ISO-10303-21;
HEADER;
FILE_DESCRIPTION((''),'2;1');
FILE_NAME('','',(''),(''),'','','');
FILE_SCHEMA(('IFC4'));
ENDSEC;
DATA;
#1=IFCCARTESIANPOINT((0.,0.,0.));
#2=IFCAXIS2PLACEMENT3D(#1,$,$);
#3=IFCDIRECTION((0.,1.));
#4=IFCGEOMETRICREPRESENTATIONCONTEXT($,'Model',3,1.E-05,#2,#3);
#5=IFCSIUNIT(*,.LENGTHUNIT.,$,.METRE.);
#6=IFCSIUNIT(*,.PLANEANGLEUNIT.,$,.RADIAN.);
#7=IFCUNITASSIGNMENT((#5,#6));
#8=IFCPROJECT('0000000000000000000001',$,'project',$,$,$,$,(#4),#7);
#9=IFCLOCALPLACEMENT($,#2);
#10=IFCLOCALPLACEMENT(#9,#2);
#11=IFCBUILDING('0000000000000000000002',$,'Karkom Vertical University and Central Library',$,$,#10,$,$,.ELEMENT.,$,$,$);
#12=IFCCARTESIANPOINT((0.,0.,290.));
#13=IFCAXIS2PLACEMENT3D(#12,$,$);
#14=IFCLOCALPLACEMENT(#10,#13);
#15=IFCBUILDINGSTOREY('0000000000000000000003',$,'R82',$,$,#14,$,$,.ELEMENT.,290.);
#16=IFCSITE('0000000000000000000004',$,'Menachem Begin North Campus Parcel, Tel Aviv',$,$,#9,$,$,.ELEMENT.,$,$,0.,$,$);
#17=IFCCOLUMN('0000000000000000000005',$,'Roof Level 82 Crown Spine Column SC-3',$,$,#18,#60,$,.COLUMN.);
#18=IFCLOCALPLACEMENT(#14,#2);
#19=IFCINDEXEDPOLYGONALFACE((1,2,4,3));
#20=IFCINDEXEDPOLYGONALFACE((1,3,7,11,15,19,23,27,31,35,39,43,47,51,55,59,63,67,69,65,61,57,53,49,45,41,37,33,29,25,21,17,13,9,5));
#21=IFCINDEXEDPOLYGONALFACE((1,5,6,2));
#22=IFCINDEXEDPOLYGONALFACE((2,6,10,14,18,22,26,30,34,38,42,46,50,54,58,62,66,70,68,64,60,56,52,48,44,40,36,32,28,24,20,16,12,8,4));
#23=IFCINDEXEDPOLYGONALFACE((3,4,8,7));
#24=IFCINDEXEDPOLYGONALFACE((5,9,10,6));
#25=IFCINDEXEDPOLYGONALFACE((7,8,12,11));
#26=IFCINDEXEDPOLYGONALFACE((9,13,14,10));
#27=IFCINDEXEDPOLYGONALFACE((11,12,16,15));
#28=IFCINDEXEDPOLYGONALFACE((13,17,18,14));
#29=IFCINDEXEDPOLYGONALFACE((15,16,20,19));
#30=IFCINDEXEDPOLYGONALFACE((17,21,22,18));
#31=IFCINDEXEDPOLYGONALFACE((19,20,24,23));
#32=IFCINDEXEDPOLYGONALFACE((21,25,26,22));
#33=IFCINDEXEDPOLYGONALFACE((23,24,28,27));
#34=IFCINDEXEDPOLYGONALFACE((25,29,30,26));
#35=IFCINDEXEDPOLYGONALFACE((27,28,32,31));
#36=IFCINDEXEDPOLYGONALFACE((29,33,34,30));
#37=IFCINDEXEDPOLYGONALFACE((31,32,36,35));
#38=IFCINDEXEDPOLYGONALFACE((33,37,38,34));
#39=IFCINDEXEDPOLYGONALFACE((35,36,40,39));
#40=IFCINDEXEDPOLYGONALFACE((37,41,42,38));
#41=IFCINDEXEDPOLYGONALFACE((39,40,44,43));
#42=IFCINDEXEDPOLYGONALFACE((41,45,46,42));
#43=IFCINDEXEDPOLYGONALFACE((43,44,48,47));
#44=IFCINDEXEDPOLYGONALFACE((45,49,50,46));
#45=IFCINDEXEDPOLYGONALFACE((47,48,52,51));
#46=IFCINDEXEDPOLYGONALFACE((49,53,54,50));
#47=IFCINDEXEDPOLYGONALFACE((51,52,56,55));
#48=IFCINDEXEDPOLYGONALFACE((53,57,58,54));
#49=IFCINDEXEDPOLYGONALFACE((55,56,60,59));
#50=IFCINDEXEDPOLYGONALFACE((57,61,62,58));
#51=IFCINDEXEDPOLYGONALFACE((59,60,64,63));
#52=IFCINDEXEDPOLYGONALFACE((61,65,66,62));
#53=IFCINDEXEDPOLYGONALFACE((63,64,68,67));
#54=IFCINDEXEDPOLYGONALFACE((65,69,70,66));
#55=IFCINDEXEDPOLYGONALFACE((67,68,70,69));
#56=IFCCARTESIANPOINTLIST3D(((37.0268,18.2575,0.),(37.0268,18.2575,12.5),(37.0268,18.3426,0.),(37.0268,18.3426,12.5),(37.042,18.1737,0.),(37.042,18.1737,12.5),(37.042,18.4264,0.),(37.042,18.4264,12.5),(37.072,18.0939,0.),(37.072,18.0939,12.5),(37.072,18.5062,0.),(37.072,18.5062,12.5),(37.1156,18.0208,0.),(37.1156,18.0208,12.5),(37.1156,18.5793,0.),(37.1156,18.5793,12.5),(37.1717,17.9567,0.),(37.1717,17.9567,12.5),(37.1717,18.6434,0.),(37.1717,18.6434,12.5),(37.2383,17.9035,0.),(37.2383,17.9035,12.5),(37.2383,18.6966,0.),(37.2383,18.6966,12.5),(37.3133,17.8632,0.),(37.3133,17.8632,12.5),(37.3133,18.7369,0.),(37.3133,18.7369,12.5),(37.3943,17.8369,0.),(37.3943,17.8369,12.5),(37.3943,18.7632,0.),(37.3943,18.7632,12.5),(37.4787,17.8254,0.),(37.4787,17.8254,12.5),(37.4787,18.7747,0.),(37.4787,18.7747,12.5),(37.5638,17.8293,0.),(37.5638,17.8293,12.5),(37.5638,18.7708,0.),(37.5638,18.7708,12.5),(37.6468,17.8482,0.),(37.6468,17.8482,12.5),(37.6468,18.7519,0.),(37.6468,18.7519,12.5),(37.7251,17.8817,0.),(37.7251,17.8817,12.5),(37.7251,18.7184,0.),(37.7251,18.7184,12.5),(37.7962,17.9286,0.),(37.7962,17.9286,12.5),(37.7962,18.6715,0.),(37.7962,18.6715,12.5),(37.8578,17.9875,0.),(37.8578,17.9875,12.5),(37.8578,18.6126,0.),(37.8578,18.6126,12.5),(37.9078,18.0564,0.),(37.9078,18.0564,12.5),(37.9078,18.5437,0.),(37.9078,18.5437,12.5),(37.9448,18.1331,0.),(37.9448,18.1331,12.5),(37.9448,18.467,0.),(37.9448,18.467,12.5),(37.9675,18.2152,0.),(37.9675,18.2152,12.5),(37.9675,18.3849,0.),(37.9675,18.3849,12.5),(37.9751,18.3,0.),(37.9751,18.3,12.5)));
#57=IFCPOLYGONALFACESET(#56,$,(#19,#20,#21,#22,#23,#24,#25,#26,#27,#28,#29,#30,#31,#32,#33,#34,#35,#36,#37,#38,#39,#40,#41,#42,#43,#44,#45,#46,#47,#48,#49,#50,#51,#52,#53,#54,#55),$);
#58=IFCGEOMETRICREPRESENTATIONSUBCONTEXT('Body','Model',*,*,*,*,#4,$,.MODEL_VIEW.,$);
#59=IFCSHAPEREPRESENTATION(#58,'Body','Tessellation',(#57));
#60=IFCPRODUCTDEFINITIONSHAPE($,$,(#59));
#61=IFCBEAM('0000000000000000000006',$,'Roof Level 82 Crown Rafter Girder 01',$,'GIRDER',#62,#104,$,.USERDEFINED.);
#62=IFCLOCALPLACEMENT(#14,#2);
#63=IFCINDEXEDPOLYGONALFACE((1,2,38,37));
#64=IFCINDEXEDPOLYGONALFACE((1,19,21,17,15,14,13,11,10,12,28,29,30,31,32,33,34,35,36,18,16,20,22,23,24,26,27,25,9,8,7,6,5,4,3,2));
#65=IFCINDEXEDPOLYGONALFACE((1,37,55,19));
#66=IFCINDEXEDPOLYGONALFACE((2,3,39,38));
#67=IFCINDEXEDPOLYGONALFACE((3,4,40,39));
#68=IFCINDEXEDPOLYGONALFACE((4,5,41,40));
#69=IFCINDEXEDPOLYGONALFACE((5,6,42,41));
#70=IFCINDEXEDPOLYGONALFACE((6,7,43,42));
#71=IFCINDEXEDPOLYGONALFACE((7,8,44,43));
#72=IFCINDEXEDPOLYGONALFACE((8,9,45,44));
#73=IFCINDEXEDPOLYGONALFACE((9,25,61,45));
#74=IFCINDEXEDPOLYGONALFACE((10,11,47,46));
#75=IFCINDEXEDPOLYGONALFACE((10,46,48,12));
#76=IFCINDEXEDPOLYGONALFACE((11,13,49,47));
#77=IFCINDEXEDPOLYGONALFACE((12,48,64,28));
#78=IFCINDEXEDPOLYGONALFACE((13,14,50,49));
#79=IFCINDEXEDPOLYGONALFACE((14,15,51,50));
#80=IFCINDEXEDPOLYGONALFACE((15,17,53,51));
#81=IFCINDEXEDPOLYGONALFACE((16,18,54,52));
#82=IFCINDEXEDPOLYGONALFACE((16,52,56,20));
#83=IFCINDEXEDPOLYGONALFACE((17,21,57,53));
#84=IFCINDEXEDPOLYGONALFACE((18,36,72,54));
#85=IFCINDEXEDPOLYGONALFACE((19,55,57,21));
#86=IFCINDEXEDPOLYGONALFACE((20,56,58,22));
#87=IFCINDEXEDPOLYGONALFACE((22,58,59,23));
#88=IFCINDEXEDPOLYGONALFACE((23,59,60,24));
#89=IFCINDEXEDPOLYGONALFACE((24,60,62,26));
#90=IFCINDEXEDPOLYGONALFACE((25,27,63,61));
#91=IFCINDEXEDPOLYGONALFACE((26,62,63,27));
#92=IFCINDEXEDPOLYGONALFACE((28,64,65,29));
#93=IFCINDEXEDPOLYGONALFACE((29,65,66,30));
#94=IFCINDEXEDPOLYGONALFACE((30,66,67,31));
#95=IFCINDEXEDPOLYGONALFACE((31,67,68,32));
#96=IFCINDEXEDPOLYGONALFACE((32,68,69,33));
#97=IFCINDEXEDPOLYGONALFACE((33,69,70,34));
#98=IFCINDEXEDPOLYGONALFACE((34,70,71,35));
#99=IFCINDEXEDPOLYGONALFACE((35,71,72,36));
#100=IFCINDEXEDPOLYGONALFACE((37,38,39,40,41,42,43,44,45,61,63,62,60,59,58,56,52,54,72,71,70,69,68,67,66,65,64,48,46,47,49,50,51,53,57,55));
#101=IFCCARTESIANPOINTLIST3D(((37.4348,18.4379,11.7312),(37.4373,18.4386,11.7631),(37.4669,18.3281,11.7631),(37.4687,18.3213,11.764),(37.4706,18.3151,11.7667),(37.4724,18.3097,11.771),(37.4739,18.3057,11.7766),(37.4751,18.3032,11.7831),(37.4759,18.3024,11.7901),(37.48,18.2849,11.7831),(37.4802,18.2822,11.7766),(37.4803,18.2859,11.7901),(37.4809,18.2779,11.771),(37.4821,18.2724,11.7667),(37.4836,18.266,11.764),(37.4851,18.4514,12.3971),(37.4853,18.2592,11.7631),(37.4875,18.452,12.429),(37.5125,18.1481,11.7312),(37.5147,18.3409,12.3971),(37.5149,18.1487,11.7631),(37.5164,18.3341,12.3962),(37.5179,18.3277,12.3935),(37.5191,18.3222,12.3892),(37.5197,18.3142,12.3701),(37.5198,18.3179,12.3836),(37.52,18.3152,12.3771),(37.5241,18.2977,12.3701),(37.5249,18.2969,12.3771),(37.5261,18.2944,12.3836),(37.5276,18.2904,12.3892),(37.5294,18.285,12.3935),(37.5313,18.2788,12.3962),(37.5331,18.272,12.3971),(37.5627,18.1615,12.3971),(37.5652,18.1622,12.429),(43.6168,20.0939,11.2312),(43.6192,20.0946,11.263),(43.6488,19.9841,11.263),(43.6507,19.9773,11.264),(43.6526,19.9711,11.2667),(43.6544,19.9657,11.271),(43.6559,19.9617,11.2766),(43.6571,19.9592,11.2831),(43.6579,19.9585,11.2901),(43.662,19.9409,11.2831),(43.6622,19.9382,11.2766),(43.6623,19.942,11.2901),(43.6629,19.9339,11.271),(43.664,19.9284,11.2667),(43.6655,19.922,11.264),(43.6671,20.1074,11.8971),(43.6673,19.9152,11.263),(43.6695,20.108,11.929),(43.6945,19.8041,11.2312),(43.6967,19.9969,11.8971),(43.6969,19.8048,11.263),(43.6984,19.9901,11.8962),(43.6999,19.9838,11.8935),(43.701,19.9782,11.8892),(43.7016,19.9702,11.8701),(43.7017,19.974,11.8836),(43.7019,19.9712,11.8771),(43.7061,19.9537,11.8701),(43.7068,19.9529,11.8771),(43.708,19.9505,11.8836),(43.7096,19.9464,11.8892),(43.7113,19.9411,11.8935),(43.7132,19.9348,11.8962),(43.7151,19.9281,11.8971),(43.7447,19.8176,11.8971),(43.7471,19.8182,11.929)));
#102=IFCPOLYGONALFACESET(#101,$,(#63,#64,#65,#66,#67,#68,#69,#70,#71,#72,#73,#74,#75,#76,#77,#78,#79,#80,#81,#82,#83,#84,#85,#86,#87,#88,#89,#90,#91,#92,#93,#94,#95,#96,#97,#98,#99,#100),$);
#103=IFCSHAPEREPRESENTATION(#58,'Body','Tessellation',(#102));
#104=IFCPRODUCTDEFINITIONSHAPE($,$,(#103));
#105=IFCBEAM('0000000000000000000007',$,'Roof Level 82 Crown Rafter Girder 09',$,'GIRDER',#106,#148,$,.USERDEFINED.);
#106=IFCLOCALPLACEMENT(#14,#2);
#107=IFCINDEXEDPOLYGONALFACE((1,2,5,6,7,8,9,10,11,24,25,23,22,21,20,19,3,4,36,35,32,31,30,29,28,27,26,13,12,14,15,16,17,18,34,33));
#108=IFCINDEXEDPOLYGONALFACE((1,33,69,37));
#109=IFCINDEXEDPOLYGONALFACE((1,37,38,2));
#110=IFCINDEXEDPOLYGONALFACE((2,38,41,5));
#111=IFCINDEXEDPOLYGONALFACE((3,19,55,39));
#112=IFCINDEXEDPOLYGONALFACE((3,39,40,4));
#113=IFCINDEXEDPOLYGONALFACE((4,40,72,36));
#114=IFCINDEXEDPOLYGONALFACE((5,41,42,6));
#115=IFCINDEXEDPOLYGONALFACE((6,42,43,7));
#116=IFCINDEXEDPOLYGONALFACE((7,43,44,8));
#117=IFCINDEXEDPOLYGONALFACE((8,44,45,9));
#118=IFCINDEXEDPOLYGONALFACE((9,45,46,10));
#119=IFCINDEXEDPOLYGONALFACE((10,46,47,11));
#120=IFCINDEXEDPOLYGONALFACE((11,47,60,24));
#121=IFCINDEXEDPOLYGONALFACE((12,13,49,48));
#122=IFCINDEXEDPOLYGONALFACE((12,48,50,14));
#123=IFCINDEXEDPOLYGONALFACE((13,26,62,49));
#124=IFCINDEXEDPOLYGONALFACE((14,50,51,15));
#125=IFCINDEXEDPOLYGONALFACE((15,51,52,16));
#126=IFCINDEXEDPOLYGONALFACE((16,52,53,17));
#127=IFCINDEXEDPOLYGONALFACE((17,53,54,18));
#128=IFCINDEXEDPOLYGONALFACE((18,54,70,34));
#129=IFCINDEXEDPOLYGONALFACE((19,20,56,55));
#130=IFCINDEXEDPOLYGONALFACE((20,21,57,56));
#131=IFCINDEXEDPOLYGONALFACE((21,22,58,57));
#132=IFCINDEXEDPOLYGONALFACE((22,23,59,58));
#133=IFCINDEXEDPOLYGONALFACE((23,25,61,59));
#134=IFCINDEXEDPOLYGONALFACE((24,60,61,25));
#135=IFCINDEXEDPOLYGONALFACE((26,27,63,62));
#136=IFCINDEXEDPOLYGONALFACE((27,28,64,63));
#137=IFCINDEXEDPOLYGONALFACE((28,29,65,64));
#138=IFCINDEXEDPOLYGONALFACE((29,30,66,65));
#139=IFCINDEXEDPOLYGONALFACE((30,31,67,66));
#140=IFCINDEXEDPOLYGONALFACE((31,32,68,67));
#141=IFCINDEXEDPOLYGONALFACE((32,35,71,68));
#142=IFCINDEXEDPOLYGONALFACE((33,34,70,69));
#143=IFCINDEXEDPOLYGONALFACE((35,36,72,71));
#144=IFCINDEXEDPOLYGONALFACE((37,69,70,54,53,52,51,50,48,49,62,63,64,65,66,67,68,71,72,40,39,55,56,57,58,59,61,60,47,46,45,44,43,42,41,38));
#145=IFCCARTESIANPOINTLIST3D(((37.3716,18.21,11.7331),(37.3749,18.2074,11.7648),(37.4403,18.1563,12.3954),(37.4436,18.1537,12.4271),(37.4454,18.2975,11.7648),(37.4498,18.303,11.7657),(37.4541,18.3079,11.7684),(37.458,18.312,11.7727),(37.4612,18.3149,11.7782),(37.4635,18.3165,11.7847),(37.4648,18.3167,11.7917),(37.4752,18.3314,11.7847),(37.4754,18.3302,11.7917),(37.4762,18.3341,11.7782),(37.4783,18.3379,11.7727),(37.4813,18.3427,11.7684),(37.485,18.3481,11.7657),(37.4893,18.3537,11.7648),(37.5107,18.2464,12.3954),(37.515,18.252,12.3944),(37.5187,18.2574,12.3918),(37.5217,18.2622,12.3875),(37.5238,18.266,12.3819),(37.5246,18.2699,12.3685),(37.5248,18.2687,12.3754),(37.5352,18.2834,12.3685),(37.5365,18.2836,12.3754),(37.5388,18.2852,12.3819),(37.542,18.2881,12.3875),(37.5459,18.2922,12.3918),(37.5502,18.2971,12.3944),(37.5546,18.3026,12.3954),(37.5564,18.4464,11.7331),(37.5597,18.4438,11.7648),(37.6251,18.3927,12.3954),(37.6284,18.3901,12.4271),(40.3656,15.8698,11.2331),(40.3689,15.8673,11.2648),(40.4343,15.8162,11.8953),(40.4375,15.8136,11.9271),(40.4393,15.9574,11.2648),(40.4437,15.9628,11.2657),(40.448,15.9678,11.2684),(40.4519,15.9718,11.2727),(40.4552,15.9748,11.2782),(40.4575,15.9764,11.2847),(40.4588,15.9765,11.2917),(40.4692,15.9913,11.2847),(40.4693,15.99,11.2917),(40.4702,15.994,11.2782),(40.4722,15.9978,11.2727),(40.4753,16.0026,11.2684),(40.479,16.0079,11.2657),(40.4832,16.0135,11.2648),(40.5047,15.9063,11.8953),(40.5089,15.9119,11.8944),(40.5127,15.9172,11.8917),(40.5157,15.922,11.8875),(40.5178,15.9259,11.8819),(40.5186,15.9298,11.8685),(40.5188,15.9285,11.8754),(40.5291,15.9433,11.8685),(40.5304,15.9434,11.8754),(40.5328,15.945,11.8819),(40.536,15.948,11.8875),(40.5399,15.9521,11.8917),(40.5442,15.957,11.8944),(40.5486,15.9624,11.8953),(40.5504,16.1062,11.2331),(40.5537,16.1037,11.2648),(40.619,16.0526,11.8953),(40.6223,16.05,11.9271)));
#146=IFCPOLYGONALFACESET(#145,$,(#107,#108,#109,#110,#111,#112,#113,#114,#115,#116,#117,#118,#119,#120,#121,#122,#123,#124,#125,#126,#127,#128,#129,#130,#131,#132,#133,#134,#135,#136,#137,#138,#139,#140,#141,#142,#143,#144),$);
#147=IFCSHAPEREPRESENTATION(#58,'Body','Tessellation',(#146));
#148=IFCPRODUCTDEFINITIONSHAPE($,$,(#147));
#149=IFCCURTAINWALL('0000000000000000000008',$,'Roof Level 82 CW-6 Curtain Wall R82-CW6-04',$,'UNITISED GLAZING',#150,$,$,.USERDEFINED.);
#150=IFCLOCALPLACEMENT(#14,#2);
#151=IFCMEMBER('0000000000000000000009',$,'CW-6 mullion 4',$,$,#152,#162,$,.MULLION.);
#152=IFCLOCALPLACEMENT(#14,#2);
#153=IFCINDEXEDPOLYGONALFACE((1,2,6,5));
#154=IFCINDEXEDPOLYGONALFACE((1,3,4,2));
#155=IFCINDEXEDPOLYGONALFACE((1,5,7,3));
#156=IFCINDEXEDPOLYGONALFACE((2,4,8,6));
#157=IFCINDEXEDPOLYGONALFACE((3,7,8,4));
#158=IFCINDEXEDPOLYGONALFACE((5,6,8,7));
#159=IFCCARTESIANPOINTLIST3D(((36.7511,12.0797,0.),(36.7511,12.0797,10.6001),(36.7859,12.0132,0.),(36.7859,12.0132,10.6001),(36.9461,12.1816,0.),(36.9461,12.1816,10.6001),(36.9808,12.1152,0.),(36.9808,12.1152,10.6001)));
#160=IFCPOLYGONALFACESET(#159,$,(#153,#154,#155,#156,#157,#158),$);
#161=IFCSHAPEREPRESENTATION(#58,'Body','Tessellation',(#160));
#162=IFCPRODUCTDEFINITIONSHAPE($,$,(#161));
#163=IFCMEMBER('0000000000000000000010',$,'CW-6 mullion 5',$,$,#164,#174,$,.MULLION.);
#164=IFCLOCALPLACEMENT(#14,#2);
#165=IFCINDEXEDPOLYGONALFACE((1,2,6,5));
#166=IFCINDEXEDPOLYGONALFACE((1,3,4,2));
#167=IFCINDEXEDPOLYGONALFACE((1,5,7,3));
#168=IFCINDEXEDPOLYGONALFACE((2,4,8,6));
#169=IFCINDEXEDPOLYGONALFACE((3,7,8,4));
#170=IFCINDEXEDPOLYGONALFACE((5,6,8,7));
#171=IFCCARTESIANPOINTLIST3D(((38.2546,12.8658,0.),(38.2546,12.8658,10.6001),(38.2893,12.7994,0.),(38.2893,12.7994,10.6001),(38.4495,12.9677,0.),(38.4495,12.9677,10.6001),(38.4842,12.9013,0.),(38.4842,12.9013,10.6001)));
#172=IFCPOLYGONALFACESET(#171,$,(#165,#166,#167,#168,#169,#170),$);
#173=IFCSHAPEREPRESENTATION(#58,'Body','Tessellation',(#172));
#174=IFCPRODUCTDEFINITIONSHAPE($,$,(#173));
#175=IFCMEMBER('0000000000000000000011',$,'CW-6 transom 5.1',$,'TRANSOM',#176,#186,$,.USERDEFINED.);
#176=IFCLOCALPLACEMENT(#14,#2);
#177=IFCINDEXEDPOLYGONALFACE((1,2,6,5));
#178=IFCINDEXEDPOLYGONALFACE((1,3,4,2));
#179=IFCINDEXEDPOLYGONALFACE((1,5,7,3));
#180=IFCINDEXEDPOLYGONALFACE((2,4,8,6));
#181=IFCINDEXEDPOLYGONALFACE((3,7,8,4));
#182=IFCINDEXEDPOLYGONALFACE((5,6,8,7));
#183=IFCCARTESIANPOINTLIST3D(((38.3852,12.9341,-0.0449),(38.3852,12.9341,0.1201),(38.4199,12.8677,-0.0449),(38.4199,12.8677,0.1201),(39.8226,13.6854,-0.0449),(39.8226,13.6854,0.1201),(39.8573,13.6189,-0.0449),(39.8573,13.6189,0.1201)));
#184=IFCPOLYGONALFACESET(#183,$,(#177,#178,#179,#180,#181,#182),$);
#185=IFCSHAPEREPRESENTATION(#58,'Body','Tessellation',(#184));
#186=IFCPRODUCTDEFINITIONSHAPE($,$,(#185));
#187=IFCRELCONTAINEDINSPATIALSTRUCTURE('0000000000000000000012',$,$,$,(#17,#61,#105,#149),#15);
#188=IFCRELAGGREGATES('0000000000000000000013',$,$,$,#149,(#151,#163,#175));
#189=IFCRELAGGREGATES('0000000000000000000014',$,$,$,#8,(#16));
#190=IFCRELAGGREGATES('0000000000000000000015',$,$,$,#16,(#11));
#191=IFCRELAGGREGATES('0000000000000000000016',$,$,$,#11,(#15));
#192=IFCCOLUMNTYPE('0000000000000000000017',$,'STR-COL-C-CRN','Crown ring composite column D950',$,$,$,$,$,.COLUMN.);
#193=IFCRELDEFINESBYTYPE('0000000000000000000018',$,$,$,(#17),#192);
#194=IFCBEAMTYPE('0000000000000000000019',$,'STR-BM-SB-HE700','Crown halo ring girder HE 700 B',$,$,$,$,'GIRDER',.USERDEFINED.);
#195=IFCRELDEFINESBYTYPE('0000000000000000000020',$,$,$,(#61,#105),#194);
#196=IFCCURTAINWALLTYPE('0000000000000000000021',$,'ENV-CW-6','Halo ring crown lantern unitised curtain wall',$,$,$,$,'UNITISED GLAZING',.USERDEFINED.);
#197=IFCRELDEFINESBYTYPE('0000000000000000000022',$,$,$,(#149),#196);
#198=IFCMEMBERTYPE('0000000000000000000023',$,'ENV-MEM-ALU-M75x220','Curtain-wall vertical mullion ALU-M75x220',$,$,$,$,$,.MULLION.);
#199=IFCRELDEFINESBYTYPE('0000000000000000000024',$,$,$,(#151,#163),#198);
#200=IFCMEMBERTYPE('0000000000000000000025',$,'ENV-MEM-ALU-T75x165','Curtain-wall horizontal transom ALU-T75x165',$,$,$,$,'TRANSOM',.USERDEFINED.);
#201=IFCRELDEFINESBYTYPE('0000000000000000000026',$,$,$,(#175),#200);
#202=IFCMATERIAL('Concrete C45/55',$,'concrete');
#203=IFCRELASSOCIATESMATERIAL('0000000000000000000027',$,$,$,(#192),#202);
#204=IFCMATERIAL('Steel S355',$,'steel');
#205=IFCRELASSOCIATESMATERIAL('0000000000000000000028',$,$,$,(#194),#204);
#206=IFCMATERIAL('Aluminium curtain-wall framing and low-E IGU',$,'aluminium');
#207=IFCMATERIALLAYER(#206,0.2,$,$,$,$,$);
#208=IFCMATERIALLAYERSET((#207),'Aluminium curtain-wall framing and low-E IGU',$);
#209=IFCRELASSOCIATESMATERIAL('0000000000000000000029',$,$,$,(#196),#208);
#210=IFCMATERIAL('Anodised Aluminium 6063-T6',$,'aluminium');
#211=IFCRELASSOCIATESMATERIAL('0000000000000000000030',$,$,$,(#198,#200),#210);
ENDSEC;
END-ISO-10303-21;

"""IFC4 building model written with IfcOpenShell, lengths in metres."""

from ifc_helpers import new_model, si_unit, direction, frame, origin, origin_with_axes, origin_2d, place, context, subcontext, project, spatial, rectangle, circle, i_section, extrude, source, transform, mapped, material, layer, layer_set, material_profile, profile_set, type_object, element, aggregate, save


model = new_model("IFC4")

# Units and contexts
model_context = context("Model", 3, precision=1e-05, world=origin(), true_north=direction((0.0, 1.0)))
body_context = subcontext(model_context, "Body", "Model", "MODEL_VIEW")
ifc_project = project(units=[si_unit("LENGTHUNIT", "METRE"), si_unit("PLANEANGLEUNIT", "RADIAN")], contexts=[model_context])

# Site, building, storey
site_placement = place(None, origin())
site = spatial("IfcSite", under=ifc_project, at=site_placement, Name="Menachem Begin North Campus Parcel, Tel Aviv", CompositionType="ELEMENT", RefElevation=0.0)
building_placement = place(site_placement, origin())
building = spatial("IfcBuilding", under=site, at=building_placement, Name="Karkom Vertical University and Central Library", CompositionType="ELEMENT")
storey_placement = place(building_placement, frame((0.0, 0.0, 290.0)))
storey = spatial("IfcBuildingStorey", under=building, at=storey_placement, Name="R82", CompositionType="ELEMENT", Elevation=290.0)

# Column
ifc_material_1 = material(Name="Concrete C45/55", Category="concrete")
ifc_material_profile_1 = material_profile(ifc_material_1, circle(Radius=0.4751, at=origin_2d()), Name="CFT-D950")
ifc_profile_set_1 = profile_set([ifc_material_profile_1], Name="Concrete C45/55")
column_type = type_object("IfcColumnType", Name="STR-COL-C-CRN", Description="Crown ring composite column D950", PredefinedType="COLUMN", material=ifc_profile_set_1)
shared_shape_1 = source(origin_with_axes(), body_context, "Body", "SweptSolid", [
    extrude(circle(Radius=0.4751, at=origin_2d()), origin(), (0.0, 0.0, 1.0), 12.5),
])
column_placement = place(storey_placement, frame((37.5, 18.3, 0.0), z_axis=(0.0, 0.0, 1.0), x_axis=(1.0, 0.0, 0.0)))
element("IfcColumn", 1, at=column_placement, inside=storey, type_object=column_type, Name="Roof Level 82 Crown Spine Column SC-3", PredefinedType="COLUMN", context=body_context, shape_type="MappedRepresentation", body=[
    mapped(shared_shape_1, transform((0.0, 0.0, 0.0), scale=1.0)),
])

# Beams
ifc_material_2 = material(Name="Steel S355", Category="steel")
ifc_material_profile_2 = material_profile(ifc_material_2, i_section(OverallWidth=0.3, OverallDepth=0.7, WebThickness=0.0171, FlangeThickness=0.032, FilletRadius=0.0271, at=origin_2d()), Name="HE 700 B")
ifc_profile_set_2 = profile_set([ifc_material_profile_2], Name="Steel S355")
beam_type = type_object("IfcBeamType", Name="STR-BM-SB-HE700", Description="Crown halo ring girder HE 700 B", ElementType="GIRDER", PredefinedType="USERDEFINED", material=ifc_profile_set_2)
shared_shape_2 = source(origin_with_axes(), body_context, "Body", "SweptSolid", [
    extrude(i_section(OverallWidth=0.3, OverallDepth=0.7, WebThickness=0.0171, FlangeThickness=0.032, FilletRadius=0.0271, at=origin_2d()), origin(), (0.0, 0.0, 1.0), 6.4194),
])
beam_1_placement = place(storey_placement, frame((37.5, 18.3, 12.0801), z_axis=(0.963008, 0.257971, -0.07789), x_axis=(-0.258757, 0.965942, 0.0)))
element("IfcBeam", 2, at=beam_1_placement, inside=storey, type_object=beam_type, Name="Roof Level 82 Crown Rafter Girder 01", ObjectType="GIRDER", PredefinedType="USERDEFINED", context=body_context, shape_type="MappedRepresentation", body=[
    mapped(shared_shape_2, transform((0.0, 0.0, 0.0), scale=1.0)),
])
shared_shape_3 = source(origin_with_axes(), body_context, "Body", "SweptSolid", [
    extrude(i_section(OverallWidth=0.3, OverallDepth=0.7, WebThickness=0.0171, FlangeThickness=0.032, FilletRadius=0.0271, at=origin_2d()), origin(), (0.0, 0.0, 1.0), 3.8328),
])
beam_2_placement = place(storey_placement, frame((37.5, 18.3, 12.0801), z_axis=(0.78115, -0.610562, -0.130457), x_axis=(0.615825, 0.787883, 0.0)))
element("IfcBeam", 3, at=beam_2_placement, inside=storey, type_object=beam_type, Name="Roof Level 82 Crown Rafter Girder 09", ObjectType="GIRDER", PredefinedType="USERDEFINED", context=body_context, shape_type="MappedRepresentation", body=[
    mapped(shared_shape_3, transform((0.0, 0.0, 0.0), scale=1.0)),
])

# Curtain wall, members
ifc_material_3 = material(Name="Aluminium curtain-wall framing and low-E IGU", Category="aluminium")
ifc_layer_1 = layer(ifc_material_3, 0.2)
ifc_layer_set_1 = layer_set([ifc_layer_1], Name="Aluminium curtain-wall framing and low-E IGU")
curtain_wall_type = type_object("IfcCurtainWallType", Name="ENV-CW-6", Description="Halo ring crown lantern unitised curtain wall", ElementType="UNITISED GLAZING", PredefinedType="USERDEFINED", material=ifc_layer_set_1)
curtain_wall_placement = place(storey_placement, origin())
curtain_wall = element("IfcCurtainWall", 4, at=curtain_wall_placement, inside=storey, type_object=curtain_wall_type, Name="Roof Level 82 CW-6 Curtain Wall R82-CW6-04", ObjectType="UNITISED GLAZING", PredefinedType="USERDEFINED")
ifc_material_4 = material(Name="Anodised Aluminium 6063-T6", Category="aluminium")
ifc_material_profile_3 = material_profile(ifc_material_4, rectangle(XDim=0.075, YDim=0.22, at=origin_2d()), Name="ALU-M75x220")
ifc_profile_set_3 = profile_set([ifc_material_profile_3], Name="Anodised Aluminium 6063-T6")
member_type_1 = type_object("IfcMemberType", Name="ENV-MEM-ALU-M75x220", Description="Curtain-wall vertical mullion ALU-M75x220", PredefinedType="MULLION", material=ifc_profile_set_3)
shared_shape_4 = source(origin_with_axes(), body_context, "Body", "SweptSolid", [
    extrude(rectangle(XDim=0.075, YDim=0.22, at=origin_2d()), origin(), (0.0, 0.0, 1.0), 10.6001),
])
member_1_placement = place(storey_placement, frame((36.866, 12.0974, 0.0), z_axis=(0.0, 0.0, 1.0), x_axis=(-0.463284, 0.88621, 0.0)))
member_1 = element("IfcMember", 5, at=member_1_placement, type_object=member_type_1, Name="CW-6 mullion 4", PredefinedType="MULLION", context=body_context, shape_type="MappedRepresentation", body=[
    mapped(shared_shape_4, transform((0.0, 0.0, 0.0), scale=1.0)),
])
member_2_placement = place(storey_placement, frame((38.3694, 12.8835, 0.0), z_axis=(0.0, 0.0, 1.0), x_axis=(-0.463284, 0.88621, 0.0)))
member_2 = element("IfcMember", 6, at=member_2_placement, type_object=member_type_1, Name="CW-6 mullion 5", PredefinedType="MULLION", context=body_context, shape_type="MappedRepresentation", body=[
    mapped(shared_shape_4, transform((0.0, 0.0, 0.0), scale=1.0)),
])
ifc_material_profile_4 = material_profile(ifc_material_4, rectangle(XDim=0.075, YDim=0.165, at=origin_2d()), Name="ALU-T75x165")
ifc_profile_set_4 = profile_set([ifc_material_profile_4], Name="Anodised Aluminium 6063-T6")
member_type_2 = type_object("IfcMemberType", Name="ENV-MEM-ALU-T75x165", Description="Curtain-wall horizontal transom ALU-T75x165", ElementType="TRANSOM", PredefinedType="USERDEFINED", material=ifc_profile_set_4)
shared_shape_5 = source(origin_with_axes(), body_context, "Body", "SweptSolid", [
    extrude(rectangle(XDim=0.075, YDim=0.165, at=origin_2d()), origin(), (0.0, 0.0, 1.0), 1.6218),
])
member_3_placement = place(storey_placement, frame((38.4026, 12.9009, 0.0376), z_axis=(0.886244, 0.463219, 0.0), x_axis=(-0.463219, 0.886244, 0.0)))
member_3 = element("IfcMember", 7, at=member_3_placement, type_object=member_type_2, Name="CW-6 transom 5.1", ObjectType="TRANSOM", PredefinedType="USERDEFINED", context=body_context, shape_type="MappedRepresentation", body=[
    mapped(shared_shape_5, transform((0.0, 0.0, 0.0), scale=1.0)),
])
aggregate(curtain_wall, [member_1, member_2, member_3])

save(model, "model.ifc")
